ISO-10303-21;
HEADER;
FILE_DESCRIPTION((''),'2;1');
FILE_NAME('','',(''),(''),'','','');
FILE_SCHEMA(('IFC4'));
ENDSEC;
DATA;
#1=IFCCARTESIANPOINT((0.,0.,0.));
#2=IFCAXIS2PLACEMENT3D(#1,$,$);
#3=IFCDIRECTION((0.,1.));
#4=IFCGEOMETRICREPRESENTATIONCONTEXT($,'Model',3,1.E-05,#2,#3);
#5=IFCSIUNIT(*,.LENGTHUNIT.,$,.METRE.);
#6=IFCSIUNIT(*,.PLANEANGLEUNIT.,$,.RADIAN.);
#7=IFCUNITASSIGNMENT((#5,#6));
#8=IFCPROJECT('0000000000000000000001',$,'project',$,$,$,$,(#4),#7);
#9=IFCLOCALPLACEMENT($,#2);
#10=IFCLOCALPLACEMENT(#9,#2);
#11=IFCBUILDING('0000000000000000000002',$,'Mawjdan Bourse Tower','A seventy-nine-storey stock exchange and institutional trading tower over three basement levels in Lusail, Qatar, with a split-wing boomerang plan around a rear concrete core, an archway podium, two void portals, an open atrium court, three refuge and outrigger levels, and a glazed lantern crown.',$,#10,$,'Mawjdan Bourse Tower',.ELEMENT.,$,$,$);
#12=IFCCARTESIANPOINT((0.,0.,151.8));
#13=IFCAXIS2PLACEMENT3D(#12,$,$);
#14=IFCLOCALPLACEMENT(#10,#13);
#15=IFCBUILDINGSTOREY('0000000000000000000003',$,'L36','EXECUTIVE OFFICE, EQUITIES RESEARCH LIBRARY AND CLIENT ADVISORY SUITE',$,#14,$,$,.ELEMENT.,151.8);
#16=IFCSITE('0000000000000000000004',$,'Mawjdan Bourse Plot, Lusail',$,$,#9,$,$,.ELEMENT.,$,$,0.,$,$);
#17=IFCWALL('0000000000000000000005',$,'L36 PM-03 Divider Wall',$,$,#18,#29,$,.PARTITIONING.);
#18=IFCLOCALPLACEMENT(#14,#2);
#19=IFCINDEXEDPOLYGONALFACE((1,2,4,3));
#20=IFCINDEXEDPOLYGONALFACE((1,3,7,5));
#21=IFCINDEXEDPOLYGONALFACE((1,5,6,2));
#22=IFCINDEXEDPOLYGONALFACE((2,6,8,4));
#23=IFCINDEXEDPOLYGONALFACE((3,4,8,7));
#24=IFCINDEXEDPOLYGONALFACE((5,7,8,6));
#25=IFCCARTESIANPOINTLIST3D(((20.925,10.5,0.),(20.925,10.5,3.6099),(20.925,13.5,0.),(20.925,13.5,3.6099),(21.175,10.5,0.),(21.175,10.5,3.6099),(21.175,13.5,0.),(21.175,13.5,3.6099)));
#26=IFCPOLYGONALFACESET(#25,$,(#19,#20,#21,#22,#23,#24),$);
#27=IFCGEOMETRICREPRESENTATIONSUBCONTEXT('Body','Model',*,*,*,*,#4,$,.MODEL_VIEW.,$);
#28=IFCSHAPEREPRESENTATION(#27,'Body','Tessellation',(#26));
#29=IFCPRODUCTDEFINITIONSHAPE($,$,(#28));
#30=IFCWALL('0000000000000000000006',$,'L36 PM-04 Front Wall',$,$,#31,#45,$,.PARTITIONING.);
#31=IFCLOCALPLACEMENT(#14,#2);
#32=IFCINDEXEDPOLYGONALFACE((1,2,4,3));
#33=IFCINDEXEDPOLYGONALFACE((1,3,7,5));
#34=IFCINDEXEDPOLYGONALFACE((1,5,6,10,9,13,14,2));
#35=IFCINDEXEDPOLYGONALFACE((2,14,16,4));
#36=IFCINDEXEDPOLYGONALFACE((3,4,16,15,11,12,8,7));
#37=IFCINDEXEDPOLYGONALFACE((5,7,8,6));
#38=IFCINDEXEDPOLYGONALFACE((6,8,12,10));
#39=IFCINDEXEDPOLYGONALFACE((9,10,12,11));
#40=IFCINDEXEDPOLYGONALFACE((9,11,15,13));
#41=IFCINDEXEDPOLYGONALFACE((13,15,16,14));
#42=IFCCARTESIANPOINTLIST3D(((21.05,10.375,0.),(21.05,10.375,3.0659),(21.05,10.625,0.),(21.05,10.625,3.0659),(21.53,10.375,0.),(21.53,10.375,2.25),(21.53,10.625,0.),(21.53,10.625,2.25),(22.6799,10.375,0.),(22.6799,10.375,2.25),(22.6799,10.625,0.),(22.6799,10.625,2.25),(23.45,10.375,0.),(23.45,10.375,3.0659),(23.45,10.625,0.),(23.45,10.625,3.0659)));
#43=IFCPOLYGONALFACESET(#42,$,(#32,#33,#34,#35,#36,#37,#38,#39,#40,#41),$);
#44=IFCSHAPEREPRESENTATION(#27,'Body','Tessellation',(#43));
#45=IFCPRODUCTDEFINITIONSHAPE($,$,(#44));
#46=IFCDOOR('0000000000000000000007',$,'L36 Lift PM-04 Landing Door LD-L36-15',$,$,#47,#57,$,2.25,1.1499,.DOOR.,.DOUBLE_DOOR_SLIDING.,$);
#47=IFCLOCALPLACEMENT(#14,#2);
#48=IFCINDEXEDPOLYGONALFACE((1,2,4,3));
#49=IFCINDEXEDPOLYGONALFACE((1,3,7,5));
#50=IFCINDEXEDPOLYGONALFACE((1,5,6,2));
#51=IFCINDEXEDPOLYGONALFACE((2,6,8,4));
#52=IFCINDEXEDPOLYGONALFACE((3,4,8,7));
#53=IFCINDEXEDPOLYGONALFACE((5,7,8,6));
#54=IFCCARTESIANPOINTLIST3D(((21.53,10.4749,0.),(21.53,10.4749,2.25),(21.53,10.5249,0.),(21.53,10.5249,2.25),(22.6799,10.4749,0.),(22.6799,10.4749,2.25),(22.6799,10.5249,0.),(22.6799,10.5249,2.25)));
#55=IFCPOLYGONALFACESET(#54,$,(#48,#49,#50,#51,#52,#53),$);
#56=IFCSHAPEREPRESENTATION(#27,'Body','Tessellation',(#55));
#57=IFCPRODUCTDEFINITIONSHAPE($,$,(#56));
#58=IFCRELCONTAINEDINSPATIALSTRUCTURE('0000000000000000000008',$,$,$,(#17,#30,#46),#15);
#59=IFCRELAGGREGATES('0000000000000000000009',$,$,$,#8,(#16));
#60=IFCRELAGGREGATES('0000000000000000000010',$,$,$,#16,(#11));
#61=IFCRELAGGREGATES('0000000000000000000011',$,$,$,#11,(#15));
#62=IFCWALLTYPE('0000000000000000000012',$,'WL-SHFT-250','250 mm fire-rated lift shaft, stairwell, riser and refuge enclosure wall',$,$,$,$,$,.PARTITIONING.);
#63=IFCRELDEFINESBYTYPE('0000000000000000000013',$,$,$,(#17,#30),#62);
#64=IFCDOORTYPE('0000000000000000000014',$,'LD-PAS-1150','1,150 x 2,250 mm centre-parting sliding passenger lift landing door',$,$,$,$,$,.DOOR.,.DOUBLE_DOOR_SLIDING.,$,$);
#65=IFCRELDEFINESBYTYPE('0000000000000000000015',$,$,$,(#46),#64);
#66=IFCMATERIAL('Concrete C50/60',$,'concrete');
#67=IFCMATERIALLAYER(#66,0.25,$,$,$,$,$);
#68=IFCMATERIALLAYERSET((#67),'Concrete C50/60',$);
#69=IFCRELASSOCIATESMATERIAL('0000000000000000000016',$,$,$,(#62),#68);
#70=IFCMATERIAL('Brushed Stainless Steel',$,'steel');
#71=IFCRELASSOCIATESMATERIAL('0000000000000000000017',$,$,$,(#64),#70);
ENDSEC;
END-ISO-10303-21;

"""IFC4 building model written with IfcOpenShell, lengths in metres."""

from ifc_helpers import new_model, si_unit, direction, frame, frame_2d, origin, place, context, subcontext, project, spatial, rectangle, extrude, material, layer, layer_set, type_object, element, fill, save


model = new_model("IFC4")

# Units and contexts
model_context = context("Model", 3, precision=1e-05, world=origin(), true_north=direction((0.0, 1.0)))
body_context = subcontext(model_context, "Body", "Model", "MODEL_VIEW")
ifc_project = project(units=[si_unit("LENGTHUNIT", "METRE"), si_unit("PLANEANGLEUNIT", "RADIAN")], contexts=[model_context])

# Site, building, storey
site_placement = place(None, origin())
site = spatial("IfcSite", under=ifc_project, at=site_placement, Name="Mawjdan Bourse Plot, Lusail", CompositionType="ELEMENT", RefElevation=0.0)
building_placement = place(site_placement, origin())
building = spatial("IfcBuilding", under=site, at=building_placement, Name="Mawjdan Bourse Tower", Description="A seventy-nine-storey stock exchange and institutional trading tower over three basement levels in Lusail, Qatar, with a split-wing boomerang plan around a rear concrete core, an archway podium, two void portals, an open atrium court, three refuge and outrigger levels, and a glazed lantern crown.", LongName="Mawjdan Bourse Tower", CompositionType="ELEMENT")
storey_placement = place(building_placement, frame((0.0, 0.0, 151.8)))
storey = spatial("IfcBuildingStorey", under=building, at=storey_placement, Name="L36", Description="EXECUTIVE OFFICE, EQUITIES RESEARCH LIBRARY AND CLIENT ADVISORY SUITE", CompositionType="ELEMENT", Elevation=151.8)

# Shared definitions
ifc_material_1 = material(Name="Concrete C50/60", Category="concrete")
ifc_layer_1 = layer(ifc_material_1, 0.25)
ifc_layer_set_1 = layer_set([ifc_layer_1], Name="Concrete C50/60")
wall_type_1 = type_object("IfcWallType", Name="WL-SHFT-250", Description="250 mm fire-rated lift shaft, stairwell, riser and refuge enclosure wall", PredefinedType="PARTITIONING", material=ifc_layer_set_1)

# Shared definitions
ifc_material_2 = material(Name="Brushed Stainless Steel", Category="steel")
door_type_1 = type_object("IfcDoorType", Name="LD-PAS-1150", Description="1,150 x 2,250 mm centre-parting sliding passenger lift landing door", OperationType="DOUBLE_DOOR_SLIDING", PredefinedType="DOOR", material=ifc_material_2)

# Wall
wall_1_placement = place(storey_placement, frame((21.05, 10.5, 0.0), z_axis=(0.0, 0.0, 1.0), x_axis=(0.0, 1.0, 0.0)))
element("IfcWall", 1, at=wall_1_placement, inside=storey, type_object=wall_type_1, Name="L36 PM-03 Divider Wall", PredefinedType="PARTITIONING", context=body_context, shape_type="SweptSolid", body=[
    extrude(rectangle(XDim=3.0, YDim=0.25, at=frame_2d((1.5, 0.0))), origin(), (0.0, 0.0, 1.0), 3.6099),
])

# Wall, opening, door
wall_2_placement = place(storey_placement, frame((21.05, 10.5, 0.0), z_axis=(0.0, 0.0, 1.0), x_axis=(1.0, 0.0, 0.0)))
wall_2 = element("IfcWall", 2, at=wall_2_placement, inside=storey, type_object=wall_type_1, Name="L36 PM-04 Front Wall", PredefinedType="PARTITIONING", context=body_context, shape_type="SweptSolid", body=[
    extrude(rectangle(XDim=2.3999, YDim=0.25, at=frame_2d((1.2, 0.0))), origin(), (0.0, 0.0, 1.0), 3.0659),
])
opening_1_placement = place(wall_2_placement, frame((0.48, 0.0, 0.0)))
opening_1 = element("IfcOpeningElement", 3, at=opening_1_placement, cuts=wall_2, PredefinedType="OPENING", context=body_context, shape_type="SweptSolid", body=[
    extrude(rectangle(XDim=1.1499, YDim=2.25, at=frame_2d((0.575, 1.125))), frame((0.0, 0.135, 0.0), z_axis=(0.0, -1.0, 0.0), x_axis=(1.0, 0.0, 0.0)), (0.0, 0.0, 1.0), 0.27),
])
door_1_placement = place(opening_1_placement, origin())
door_1 = element("IfcDoor", 4, at=door_1_placement, inside=storey, type_object=door_type_1, Name="L36 Lift PM-04 Landing Door LD-L36-15", OperationType="DOUBLE_DOOR_SLIDING", OverallHeight=2.25, OverallWidth=1.1499, PredefinedType="DOOR", context=body_context, shape_type="SweptSolid", body=[
    extrude(rectangle(XDim=1.1499, YDim=2.25, at=frame_2d((0.575, 1.125))), frame((0.0, 0.0249, 0.0), z_axis=(0.0, -1.0, 0.0), x_axis=(1.0, 0.0, 0.0)), (0.0, 0.0, 1.0), 0.05),
])
fill(opening_1, door_1)

save(model, "model.ifc")
